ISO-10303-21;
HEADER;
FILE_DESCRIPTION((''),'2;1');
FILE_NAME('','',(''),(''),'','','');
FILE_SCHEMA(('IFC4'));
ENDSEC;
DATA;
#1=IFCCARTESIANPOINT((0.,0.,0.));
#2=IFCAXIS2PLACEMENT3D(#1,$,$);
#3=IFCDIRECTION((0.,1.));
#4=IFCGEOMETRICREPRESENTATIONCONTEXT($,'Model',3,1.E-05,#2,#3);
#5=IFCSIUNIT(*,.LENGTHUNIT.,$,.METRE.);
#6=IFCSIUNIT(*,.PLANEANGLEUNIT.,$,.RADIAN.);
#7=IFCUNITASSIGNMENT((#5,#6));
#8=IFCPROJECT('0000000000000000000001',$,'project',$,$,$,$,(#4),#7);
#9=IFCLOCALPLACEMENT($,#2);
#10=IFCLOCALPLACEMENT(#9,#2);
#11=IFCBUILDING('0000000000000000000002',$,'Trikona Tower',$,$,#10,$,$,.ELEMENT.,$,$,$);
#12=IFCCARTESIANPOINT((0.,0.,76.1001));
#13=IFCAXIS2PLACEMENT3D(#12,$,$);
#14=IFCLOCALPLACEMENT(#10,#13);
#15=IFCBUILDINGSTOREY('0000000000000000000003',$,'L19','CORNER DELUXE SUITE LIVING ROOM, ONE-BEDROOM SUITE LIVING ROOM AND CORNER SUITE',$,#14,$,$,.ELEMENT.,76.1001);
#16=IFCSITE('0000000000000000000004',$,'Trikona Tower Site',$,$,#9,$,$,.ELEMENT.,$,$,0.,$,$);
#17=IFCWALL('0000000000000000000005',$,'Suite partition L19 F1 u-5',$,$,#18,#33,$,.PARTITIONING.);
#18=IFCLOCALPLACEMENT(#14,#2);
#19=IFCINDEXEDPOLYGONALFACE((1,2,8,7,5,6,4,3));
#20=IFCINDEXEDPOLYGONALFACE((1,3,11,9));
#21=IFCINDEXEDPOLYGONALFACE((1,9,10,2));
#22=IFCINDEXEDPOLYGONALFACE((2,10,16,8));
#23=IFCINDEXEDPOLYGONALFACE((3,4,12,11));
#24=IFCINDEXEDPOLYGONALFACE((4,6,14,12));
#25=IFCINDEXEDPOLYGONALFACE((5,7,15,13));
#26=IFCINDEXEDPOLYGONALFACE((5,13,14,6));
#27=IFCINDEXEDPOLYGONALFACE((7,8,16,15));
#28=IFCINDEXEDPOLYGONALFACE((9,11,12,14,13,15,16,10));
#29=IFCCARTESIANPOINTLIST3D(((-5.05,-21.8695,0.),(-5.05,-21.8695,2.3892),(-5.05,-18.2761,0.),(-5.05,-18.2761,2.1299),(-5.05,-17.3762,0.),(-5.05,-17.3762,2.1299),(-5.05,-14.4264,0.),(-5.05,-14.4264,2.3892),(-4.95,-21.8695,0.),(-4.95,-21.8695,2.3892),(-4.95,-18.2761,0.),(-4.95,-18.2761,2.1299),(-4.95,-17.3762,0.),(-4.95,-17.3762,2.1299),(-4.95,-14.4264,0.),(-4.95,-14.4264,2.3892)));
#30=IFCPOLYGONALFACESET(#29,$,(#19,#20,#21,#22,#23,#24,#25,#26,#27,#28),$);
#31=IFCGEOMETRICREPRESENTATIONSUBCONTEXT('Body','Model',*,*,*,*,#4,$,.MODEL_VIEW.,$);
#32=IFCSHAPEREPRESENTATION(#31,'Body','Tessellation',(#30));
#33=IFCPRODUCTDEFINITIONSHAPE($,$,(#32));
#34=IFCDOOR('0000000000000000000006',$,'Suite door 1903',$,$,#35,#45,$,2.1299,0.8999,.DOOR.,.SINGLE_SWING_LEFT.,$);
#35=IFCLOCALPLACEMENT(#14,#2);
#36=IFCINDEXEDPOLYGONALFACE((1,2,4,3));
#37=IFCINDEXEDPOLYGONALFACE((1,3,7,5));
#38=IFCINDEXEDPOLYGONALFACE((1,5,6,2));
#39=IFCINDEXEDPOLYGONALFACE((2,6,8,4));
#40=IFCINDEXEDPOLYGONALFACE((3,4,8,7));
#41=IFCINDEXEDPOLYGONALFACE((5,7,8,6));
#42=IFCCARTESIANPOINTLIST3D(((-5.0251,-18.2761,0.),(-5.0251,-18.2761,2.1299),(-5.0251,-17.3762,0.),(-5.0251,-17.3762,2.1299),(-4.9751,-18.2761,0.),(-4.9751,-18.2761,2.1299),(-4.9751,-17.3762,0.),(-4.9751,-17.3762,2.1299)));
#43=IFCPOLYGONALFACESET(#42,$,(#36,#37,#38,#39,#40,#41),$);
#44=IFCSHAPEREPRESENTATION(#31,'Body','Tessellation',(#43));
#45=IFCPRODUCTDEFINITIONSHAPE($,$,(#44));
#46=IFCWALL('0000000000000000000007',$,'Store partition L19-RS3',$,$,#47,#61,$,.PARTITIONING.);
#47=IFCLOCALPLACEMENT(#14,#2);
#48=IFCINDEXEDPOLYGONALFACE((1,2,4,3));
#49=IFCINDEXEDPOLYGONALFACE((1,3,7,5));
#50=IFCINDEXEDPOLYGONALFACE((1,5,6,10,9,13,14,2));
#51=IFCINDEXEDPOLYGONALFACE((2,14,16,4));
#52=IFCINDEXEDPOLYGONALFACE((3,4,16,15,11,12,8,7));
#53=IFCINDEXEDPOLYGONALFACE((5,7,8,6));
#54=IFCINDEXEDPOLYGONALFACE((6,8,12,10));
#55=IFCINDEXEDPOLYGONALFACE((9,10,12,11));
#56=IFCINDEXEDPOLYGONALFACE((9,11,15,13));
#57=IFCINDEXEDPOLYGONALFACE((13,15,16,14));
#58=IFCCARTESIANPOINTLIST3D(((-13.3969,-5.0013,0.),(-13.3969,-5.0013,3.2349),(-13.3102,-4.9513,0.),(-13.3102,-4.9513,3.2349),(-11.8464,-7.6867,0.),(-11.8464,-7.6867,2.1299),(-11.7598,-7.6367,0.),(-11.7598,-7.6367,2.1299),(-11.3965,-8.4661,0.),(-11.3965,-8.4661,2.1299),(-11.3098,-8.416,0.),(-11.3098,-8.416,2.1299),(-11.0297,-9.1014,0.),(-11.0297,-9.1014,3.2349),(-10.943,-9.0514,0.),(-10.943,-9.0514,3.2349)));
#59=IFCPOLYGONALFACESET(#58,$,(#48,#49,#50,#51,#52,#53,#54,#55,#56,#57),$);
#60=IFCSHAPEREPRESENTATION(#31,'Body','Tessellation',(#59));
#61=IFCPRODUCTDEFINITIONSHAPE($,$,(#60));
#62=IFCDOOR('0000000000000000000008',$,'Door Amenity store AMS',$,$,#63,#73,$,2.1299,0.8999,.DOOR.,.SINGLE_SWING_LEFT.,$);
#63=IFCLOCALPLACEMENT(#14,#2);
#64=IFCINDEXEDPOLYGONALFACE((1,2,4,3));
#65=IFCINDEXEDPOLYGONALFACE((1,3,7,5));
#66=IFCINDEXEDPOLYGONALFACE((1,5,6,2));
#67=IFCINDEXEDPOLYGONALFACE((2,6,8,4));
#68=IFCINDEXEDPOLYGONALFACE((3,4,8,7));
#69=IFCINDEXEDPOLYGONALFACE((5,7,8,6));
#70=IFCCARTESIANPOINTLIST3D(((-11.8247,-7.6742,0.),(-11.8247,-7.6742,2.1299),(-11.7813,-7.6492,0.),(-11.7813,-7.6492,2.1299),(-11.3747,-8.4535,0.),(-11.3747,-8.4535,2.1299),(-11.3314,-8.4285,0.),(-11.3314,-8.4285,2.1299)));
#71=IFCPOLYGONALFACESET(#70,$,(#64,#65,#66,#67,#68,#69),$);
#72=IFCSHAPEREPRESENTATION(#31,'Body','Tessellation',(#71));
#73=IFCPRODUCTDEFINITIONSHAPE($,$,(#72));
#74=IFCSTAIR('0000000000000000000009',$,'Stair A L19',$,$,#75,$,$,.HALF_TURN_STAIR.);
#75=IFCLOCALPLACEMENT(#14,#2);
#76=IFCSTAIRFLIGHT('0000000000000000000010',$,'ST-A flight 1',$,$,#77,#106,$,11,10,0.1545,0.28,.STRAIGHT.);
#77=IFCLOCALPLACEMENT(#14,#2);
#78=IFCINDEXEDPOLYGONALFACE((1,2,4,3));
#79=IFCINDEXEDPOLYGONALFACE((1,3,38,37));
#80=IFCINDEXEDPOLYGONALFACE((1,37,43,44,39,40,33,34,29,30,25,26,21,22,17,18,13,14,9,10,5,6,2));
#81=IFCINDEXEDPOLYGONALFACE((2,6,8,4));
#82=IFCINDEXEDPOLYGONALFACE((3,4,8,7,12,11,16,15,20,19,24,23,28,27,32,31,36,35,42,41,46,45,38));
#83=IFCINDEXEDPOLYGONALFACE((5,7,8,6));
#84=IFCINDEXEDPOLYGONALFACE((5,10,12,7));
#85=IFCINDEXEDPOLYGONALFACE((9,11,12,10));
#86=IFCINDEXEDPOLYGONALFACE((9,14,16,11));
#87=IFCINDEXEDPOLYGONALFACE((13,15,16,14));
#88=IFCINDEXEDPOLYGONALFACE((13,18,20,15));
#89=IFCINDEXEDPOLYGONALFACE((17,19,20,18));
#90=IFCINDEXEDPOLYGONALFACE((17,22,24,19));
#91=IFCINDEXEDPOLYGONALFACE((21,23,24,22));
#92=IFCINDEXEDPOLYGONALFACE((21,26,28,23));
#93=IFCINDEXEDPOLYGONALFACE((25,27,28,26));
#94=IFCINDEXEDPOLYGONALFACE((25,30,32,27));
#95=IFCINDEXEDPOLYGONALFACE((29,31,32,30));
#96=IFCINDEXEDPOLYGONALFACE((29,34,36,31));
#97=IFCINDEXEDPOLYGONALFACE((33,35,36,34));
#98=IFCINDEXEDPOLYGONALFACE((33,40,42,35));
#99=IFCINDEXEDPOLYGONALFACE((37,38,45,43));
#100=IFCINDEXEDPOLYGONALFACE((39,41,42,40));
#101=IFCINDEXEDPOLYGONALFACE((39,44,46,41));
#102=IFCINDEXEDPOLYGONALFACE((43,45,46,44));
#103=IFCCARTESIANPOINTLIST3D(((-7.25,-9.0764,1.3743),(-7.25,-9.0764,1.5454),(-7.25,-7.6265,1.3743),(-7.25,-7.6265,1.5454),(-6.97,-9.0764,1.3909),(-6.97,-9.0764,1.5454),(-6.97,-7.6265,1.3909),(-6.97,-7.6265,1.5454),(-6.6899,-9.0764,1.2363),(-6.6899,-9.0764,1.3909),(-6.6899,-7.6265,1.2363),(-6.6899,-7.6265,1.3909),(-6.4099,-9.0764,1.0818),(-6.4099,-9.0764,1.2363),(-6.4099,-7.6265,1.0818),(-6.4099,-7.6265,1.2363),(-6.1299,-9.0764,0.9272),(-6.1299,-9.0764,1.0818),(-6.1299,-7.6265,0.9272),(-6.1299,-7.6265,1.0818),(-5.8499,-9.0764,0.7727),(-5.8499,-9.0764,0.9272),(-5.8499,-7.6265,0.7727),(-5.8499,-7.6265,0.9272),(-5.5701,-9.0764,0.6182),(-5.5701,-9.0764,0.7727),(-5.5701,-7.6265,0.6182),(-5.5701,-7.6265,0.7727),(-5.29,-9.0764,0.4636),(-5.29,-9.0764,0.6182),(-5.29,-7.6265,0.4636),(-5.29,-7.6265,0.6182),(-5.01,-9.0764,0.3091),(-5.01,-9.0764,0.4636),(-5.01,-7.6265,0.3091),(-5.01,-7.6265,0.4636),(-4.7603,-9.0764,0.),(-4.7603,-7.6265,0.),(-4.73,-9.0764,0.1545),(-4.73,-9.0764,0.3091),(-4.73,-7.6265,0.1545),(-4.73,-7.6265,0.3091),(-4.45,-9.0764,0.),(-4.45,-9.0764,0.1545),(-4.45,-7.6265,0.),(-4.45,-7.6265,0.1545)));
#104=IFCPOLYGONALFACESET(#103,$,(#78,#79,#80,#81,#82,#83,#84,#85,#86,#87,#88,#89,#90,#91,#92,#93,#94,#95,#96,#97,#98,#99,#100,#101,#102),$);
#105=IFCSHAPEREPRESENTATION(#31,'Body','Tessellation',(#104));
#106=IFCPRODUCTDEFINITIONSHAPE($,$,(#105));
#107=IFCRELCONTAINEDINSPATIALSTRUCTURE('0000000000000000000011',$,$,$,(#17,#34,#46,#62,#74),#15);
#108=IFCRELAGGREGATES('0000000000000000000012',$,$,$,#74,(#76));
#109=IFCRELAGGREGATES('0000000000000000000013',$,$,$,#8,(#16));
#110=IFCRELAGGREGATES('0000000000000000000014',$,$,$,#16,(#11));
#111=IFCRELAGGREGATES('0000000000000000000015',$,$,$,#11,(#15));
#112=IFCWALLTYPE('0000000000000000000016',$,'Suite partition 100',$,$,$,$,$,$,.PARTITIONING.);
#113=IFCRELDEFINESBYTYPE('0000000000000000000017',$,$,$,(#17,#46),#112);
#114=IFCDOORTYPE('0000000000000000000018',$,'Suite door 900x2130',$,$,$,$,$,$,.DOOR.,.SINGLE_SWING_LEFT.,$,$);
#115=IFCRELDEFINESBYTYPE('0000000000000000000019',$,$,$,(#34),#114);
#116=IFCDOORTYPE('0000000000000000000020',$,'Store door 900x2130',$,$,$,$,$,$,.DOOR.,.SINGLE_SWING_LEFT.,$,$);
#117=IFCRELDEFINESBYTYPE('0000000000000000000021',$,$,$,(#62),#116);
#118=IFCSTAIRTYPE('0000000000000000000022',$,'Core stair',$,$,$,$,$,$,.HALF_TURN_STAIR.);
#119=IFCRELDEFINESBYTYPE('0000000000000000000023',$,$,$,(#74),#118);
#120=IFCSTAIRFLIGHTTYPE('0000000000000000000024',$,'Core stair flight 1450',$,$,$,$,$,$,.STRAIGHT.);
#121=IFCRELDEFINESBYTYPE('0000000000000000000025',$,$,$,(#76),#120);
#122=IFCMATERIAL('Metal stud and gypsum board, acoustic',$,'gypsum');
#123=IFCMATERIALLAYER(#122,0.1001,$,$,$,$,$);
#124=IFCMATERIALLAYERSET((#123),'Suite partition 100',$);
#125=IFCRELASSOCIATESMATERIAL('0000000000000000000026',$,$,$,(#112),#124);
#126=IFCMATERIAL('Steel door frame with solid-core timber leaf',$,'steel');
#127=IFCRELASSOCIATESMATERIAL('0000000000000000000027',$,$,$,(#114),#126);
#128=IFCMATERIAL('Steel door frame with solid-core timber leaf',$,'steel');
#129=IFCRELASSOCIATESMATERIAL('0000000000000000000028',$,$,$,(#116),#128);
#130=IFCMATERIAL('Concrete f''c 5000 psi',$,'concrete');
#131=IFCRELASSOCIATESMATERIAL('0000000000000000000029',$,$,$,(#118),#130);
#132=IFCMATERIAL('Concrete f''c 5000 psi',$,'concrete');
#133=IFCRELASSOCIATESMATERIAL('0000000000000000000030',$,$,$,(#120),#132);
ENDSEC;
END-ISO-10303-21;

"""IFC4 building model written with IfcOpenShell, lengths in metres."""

from ifc_helpers import new_model, si_unit, direction, frame, frame_2d, origin, place, context, subcontext, project, spatial, polyline, rectangle, outline, extrude, material, layer, layer_set, type_object, element, fill, aggregate, save


model = new_model("IFC4")

# Units and contexts
model_context = context("Model", 3, precision=1e-05, world=origin(), true_north=direction((0.0, 1.0)))
body_context = subcontext(model_context, "Body", "Model", "MODEL_VIEW")
ifc_project = project(units=[si_unit("LENGTHUNIT", "METRE"), si_unit("PLANEANGLEUNIT", "RADIAN")], contexts=[model_context])

# Site, building, storey
site_placement = place(None, origin())
site = spatial("IfcSite", under=ifc_project, at=site_placement, Name="Trikona Tower Site", CompositionType="ELEMENT", RefElevation=0.0)
building_placement = place(site_placement, origin())
building = spatial("IfcBuilding", under=site, at=building_placement, Name="Trikona Tower", CompositionType="ELEMENT")
storey_placement = place(building_placement, frame((0.0, 0.0, 76.1001)))
storey = spatial("IfcBuildingStorey", under=building, at=storey_placement, Name="L19", Description="CORNER DELUXE SUITE LIVING ROOM, ONE-BEDROOM SUITE LIVING ROOM AND CORNER SUITE", CompositionType="ELEMENT", Elevation=76.1001)

# Walls, openings, doors
ifc_material_1 = material(Name="Metal stud and gypsum board, acoustic", Category="gypsum")
ifc_layer_1 = layer(ifc_material_1, 0.1001)
ifc_layer_set_1 = layer_set([ifc_layer_1], Name="Suite partition 100")
wall_type_1 = type_object("IfcWallType", Name="Suite partition 100", PredefinedType="PARTITIONING", material=ifc_layer_set_1)
wall_1_placement = place(storey_placement, frame((-5.0, -14.4263, 0.0), z_axis=(0.0, 0.0, 1.0), x_axis=(0.0, -1.0, 0.0)))
wall_1 = element("IfcWall", 1, at=wall_1_placement, inside=storey, type_object=wall_type_1, Name="Suite partition L19 F1 u-5", PredefinedType="PARTITIONING", context=body_context, shape_type="SweptSolid", body=[
    extrude(rectangle(XDim=7.4431, YDim=0.1001, at=frame_2d((3.7217, 0.0))), origin(), (0.0, 0.0, 1.0), 2.3892),
])
opening_1_placement = place(wall_1_placement, frame((2.95, 0.0, 0.0)))
opening_1 = element("IfcOpeningElement", 2, at=opening_1_placement, cuts=wall_1, PredefinedType="OPENING", context=body_context, shape_type="SweptSolid", body=[
    extrude(rectangle(XDim=0.8999, YDim=2.1299, at=frame_2d((0.45, 1.0649))), frame((0.0, 0.0601, 0.0), z_axis=(0.0, -1.0, 0.0), x_axis=(1.0, 0.0, 0.0)), (0.0, 0.0, 1.0), 0.1201),
])
ifc_material_2 = material(Name="Steel door frame with solid-core timber leaf", Category="steel")
door_type_1 = type_object("IfcDoorType", Name="Suite door 900x2130", OperationType="SINGLE_SWING_LEFT", PredefinedType="DOOR", material=ifc_material_2)
door_1_placement = place(opening_1_placement, origin())
door_1 = element("IfcDoor", 3, at=door_1_placement, inside=storey, type_object=door_type_1, Name="Suite door 1903", OperationType="SINGLE_SWING_LEFT", OverallHeight=2.1299, OverallWidth=0.8999, PredefinedType="DOOR", context=body_context, shape_type="SweptSolid", body=[
    extrude(rectangle(XDim=0.8999, YDim=2.1299, at=frame_2d((0.45, 1.0649))), frame((0.0, 0.0249, 0.0), z_axis=(0.0, -1.0, 0.0), x_axis=(1.0, 0.0, 0.0)), (0.0, 0.0, 1.0), 0.05),
])
fill(opening_1, door_1)
wall_2_placement = place(storey_placement, frame((-10.9863, -9.0764, 0.0), z_axis=(0.0, 0.0, 1.0), x_axis=(-0.499999, 0.866026, 0.0)))
wall_2 = element("IfcWall", 4, at=wall_2_placement, inside=storey, type_object=wall_type_1, Name="Store partition L19-RS3", PredefinedType="PARTITIONING", context=body_context, shape_type="SweptSolid", body=[
    extrude(rectangle(XDim=4.7344, YDim=0.1001, at=frame_2d((2.3672, 0.0))), origin(), (0.0, 0.0, 1.0), 3.2349),
])
opening_2_placement = place(wall_2_placement, frame((0.7336, 0.0, 0.0)))
opening_2 = element("IfcOpeningElement", 5, at=opening_2_placement, cuts=wall_2, PredefinedType="OPENING", context=body_context, shape_type="SweptSolid", body=[
    extrude(rectangle(XDim=0.8999, YDim=2.1299, at=frame_2d((0.45, 1.0649))), frame((0.0, 0.0601, 0.0), z_axis=(0.0, -1.0, 0.0), x_axis=(1.0, 0.0, 0.0)), (0.0, 0.0, 1.0), 0.1201),
])
ifc_material_3 = material(Name="Steel door frame with solid-core timber leaf", Category="steel")
door_type_2 = type_object("IfcDoorType", Name="Store door 900x2130", OperationType="SINGLE_SWING_LEFT", PredefinedType="DOOR", material=ifc_material_3)
door_2_placement = place(opening_2_placement, origin())
door_2 = element("IfcDoor", 6, at=door_2_placement, inside=storey, type_object=door_type_2, Name="Door Amenity store AMS", OperationType="SINGLE_SWING_LEFT", OverallHeight=2.1299, OverallWidth=0.8999, PredefinedType="DOOR", context=body_context, shape_type="SweptSolid", body=[
    extrude(rectangle(XDim=0.8999, YDim=2.1299, at=frame_2d((0.45, 1.0649))), frame((0.0, 0.0249, 0.0), z_axis=(0.0, -1.0, 0.0), x_axis=(1.0, 0.0, 0.0)), (0.0, 0.0, 1.0), 0.05),
])
fill(opening_2, door_2)

# Stair, stair flight
ifc_material_4 = material(Name="Concrete f'c 5000 psi", Category="concrete")
stair_type = type_object("IfcStairType", Name="Core stair", PredefinedType="HALF_TURN_STAIR", material=ifc_material_4)
stair_placement = place(storey_placement, origin())
stair = element("IfcStair", 7, at=stair_placement, inside=storey, type_object=stair_type, Name="Stair A L19", PredefinedType="HALF_TURN_STAIR")
ifc_material_5 = material(Name="Concrete f'c 5000 psi", Category="concrete")
stair_flight_type = type_object("IfcStairFlightType", Name="Core stair flight 1450", PredefinedType="STRAIGHT", material=ifc_material_5)
stair_flight_placement = place(storey_placement, frame((-4.45, -8.3513, 0.0), z_axis=(0.0, 0.0, 1.0), x_axis=(-1.0, 0.0, 0.0)))
stair_flight = element("IfcStairFlight", 8, at=stair_flight_placement, type_object=stair_flight_type, Name="ST-A flight 1", NumberOfRisers=11, NumberOfTreads=10, PredefinedType="STRAIGHT", RiserHeight=0.1545, TreadLength=0.28, context=body_context, shape_type="SweptSolid", body=[
    extrude(outline(polyline([(0.0, 0.0), (0.0, 0.1545), (0.28, 0.1545), (0.28, 0.3091), (0.5601, 0.3091), (0.5601, 0.4636), (0.8401, 0.4636), (0.8401, 0.6182), (1.1201, 0.6182), (1.1201, 0.7727), (1.3999, 0.7727), (1.3999, 0.9272), (1.6799, 0.9272), (1.6799, 1.0818), (1.96, 1.0818), (1.96, 1.2363), (2.24, 1.2363), (2.24, 1.3909), (2.52, 1.3909), (2.52, 1.5454), (2.8, 1.5454), (2.8, 1.7), (2.8, 1.3743), (0.3103, 0.0), (0.0, 0.0)])), frame((0.0, 0.7251, 0.0), z_axis=(0.0, -1.0, 0.0), x_axis=(1.0, 0.0, 0.0)), (0.0, 0.0, 1.0), 1.45),
])
aggregate(stair, [stair_flight])

save(model, "model.ifc")
